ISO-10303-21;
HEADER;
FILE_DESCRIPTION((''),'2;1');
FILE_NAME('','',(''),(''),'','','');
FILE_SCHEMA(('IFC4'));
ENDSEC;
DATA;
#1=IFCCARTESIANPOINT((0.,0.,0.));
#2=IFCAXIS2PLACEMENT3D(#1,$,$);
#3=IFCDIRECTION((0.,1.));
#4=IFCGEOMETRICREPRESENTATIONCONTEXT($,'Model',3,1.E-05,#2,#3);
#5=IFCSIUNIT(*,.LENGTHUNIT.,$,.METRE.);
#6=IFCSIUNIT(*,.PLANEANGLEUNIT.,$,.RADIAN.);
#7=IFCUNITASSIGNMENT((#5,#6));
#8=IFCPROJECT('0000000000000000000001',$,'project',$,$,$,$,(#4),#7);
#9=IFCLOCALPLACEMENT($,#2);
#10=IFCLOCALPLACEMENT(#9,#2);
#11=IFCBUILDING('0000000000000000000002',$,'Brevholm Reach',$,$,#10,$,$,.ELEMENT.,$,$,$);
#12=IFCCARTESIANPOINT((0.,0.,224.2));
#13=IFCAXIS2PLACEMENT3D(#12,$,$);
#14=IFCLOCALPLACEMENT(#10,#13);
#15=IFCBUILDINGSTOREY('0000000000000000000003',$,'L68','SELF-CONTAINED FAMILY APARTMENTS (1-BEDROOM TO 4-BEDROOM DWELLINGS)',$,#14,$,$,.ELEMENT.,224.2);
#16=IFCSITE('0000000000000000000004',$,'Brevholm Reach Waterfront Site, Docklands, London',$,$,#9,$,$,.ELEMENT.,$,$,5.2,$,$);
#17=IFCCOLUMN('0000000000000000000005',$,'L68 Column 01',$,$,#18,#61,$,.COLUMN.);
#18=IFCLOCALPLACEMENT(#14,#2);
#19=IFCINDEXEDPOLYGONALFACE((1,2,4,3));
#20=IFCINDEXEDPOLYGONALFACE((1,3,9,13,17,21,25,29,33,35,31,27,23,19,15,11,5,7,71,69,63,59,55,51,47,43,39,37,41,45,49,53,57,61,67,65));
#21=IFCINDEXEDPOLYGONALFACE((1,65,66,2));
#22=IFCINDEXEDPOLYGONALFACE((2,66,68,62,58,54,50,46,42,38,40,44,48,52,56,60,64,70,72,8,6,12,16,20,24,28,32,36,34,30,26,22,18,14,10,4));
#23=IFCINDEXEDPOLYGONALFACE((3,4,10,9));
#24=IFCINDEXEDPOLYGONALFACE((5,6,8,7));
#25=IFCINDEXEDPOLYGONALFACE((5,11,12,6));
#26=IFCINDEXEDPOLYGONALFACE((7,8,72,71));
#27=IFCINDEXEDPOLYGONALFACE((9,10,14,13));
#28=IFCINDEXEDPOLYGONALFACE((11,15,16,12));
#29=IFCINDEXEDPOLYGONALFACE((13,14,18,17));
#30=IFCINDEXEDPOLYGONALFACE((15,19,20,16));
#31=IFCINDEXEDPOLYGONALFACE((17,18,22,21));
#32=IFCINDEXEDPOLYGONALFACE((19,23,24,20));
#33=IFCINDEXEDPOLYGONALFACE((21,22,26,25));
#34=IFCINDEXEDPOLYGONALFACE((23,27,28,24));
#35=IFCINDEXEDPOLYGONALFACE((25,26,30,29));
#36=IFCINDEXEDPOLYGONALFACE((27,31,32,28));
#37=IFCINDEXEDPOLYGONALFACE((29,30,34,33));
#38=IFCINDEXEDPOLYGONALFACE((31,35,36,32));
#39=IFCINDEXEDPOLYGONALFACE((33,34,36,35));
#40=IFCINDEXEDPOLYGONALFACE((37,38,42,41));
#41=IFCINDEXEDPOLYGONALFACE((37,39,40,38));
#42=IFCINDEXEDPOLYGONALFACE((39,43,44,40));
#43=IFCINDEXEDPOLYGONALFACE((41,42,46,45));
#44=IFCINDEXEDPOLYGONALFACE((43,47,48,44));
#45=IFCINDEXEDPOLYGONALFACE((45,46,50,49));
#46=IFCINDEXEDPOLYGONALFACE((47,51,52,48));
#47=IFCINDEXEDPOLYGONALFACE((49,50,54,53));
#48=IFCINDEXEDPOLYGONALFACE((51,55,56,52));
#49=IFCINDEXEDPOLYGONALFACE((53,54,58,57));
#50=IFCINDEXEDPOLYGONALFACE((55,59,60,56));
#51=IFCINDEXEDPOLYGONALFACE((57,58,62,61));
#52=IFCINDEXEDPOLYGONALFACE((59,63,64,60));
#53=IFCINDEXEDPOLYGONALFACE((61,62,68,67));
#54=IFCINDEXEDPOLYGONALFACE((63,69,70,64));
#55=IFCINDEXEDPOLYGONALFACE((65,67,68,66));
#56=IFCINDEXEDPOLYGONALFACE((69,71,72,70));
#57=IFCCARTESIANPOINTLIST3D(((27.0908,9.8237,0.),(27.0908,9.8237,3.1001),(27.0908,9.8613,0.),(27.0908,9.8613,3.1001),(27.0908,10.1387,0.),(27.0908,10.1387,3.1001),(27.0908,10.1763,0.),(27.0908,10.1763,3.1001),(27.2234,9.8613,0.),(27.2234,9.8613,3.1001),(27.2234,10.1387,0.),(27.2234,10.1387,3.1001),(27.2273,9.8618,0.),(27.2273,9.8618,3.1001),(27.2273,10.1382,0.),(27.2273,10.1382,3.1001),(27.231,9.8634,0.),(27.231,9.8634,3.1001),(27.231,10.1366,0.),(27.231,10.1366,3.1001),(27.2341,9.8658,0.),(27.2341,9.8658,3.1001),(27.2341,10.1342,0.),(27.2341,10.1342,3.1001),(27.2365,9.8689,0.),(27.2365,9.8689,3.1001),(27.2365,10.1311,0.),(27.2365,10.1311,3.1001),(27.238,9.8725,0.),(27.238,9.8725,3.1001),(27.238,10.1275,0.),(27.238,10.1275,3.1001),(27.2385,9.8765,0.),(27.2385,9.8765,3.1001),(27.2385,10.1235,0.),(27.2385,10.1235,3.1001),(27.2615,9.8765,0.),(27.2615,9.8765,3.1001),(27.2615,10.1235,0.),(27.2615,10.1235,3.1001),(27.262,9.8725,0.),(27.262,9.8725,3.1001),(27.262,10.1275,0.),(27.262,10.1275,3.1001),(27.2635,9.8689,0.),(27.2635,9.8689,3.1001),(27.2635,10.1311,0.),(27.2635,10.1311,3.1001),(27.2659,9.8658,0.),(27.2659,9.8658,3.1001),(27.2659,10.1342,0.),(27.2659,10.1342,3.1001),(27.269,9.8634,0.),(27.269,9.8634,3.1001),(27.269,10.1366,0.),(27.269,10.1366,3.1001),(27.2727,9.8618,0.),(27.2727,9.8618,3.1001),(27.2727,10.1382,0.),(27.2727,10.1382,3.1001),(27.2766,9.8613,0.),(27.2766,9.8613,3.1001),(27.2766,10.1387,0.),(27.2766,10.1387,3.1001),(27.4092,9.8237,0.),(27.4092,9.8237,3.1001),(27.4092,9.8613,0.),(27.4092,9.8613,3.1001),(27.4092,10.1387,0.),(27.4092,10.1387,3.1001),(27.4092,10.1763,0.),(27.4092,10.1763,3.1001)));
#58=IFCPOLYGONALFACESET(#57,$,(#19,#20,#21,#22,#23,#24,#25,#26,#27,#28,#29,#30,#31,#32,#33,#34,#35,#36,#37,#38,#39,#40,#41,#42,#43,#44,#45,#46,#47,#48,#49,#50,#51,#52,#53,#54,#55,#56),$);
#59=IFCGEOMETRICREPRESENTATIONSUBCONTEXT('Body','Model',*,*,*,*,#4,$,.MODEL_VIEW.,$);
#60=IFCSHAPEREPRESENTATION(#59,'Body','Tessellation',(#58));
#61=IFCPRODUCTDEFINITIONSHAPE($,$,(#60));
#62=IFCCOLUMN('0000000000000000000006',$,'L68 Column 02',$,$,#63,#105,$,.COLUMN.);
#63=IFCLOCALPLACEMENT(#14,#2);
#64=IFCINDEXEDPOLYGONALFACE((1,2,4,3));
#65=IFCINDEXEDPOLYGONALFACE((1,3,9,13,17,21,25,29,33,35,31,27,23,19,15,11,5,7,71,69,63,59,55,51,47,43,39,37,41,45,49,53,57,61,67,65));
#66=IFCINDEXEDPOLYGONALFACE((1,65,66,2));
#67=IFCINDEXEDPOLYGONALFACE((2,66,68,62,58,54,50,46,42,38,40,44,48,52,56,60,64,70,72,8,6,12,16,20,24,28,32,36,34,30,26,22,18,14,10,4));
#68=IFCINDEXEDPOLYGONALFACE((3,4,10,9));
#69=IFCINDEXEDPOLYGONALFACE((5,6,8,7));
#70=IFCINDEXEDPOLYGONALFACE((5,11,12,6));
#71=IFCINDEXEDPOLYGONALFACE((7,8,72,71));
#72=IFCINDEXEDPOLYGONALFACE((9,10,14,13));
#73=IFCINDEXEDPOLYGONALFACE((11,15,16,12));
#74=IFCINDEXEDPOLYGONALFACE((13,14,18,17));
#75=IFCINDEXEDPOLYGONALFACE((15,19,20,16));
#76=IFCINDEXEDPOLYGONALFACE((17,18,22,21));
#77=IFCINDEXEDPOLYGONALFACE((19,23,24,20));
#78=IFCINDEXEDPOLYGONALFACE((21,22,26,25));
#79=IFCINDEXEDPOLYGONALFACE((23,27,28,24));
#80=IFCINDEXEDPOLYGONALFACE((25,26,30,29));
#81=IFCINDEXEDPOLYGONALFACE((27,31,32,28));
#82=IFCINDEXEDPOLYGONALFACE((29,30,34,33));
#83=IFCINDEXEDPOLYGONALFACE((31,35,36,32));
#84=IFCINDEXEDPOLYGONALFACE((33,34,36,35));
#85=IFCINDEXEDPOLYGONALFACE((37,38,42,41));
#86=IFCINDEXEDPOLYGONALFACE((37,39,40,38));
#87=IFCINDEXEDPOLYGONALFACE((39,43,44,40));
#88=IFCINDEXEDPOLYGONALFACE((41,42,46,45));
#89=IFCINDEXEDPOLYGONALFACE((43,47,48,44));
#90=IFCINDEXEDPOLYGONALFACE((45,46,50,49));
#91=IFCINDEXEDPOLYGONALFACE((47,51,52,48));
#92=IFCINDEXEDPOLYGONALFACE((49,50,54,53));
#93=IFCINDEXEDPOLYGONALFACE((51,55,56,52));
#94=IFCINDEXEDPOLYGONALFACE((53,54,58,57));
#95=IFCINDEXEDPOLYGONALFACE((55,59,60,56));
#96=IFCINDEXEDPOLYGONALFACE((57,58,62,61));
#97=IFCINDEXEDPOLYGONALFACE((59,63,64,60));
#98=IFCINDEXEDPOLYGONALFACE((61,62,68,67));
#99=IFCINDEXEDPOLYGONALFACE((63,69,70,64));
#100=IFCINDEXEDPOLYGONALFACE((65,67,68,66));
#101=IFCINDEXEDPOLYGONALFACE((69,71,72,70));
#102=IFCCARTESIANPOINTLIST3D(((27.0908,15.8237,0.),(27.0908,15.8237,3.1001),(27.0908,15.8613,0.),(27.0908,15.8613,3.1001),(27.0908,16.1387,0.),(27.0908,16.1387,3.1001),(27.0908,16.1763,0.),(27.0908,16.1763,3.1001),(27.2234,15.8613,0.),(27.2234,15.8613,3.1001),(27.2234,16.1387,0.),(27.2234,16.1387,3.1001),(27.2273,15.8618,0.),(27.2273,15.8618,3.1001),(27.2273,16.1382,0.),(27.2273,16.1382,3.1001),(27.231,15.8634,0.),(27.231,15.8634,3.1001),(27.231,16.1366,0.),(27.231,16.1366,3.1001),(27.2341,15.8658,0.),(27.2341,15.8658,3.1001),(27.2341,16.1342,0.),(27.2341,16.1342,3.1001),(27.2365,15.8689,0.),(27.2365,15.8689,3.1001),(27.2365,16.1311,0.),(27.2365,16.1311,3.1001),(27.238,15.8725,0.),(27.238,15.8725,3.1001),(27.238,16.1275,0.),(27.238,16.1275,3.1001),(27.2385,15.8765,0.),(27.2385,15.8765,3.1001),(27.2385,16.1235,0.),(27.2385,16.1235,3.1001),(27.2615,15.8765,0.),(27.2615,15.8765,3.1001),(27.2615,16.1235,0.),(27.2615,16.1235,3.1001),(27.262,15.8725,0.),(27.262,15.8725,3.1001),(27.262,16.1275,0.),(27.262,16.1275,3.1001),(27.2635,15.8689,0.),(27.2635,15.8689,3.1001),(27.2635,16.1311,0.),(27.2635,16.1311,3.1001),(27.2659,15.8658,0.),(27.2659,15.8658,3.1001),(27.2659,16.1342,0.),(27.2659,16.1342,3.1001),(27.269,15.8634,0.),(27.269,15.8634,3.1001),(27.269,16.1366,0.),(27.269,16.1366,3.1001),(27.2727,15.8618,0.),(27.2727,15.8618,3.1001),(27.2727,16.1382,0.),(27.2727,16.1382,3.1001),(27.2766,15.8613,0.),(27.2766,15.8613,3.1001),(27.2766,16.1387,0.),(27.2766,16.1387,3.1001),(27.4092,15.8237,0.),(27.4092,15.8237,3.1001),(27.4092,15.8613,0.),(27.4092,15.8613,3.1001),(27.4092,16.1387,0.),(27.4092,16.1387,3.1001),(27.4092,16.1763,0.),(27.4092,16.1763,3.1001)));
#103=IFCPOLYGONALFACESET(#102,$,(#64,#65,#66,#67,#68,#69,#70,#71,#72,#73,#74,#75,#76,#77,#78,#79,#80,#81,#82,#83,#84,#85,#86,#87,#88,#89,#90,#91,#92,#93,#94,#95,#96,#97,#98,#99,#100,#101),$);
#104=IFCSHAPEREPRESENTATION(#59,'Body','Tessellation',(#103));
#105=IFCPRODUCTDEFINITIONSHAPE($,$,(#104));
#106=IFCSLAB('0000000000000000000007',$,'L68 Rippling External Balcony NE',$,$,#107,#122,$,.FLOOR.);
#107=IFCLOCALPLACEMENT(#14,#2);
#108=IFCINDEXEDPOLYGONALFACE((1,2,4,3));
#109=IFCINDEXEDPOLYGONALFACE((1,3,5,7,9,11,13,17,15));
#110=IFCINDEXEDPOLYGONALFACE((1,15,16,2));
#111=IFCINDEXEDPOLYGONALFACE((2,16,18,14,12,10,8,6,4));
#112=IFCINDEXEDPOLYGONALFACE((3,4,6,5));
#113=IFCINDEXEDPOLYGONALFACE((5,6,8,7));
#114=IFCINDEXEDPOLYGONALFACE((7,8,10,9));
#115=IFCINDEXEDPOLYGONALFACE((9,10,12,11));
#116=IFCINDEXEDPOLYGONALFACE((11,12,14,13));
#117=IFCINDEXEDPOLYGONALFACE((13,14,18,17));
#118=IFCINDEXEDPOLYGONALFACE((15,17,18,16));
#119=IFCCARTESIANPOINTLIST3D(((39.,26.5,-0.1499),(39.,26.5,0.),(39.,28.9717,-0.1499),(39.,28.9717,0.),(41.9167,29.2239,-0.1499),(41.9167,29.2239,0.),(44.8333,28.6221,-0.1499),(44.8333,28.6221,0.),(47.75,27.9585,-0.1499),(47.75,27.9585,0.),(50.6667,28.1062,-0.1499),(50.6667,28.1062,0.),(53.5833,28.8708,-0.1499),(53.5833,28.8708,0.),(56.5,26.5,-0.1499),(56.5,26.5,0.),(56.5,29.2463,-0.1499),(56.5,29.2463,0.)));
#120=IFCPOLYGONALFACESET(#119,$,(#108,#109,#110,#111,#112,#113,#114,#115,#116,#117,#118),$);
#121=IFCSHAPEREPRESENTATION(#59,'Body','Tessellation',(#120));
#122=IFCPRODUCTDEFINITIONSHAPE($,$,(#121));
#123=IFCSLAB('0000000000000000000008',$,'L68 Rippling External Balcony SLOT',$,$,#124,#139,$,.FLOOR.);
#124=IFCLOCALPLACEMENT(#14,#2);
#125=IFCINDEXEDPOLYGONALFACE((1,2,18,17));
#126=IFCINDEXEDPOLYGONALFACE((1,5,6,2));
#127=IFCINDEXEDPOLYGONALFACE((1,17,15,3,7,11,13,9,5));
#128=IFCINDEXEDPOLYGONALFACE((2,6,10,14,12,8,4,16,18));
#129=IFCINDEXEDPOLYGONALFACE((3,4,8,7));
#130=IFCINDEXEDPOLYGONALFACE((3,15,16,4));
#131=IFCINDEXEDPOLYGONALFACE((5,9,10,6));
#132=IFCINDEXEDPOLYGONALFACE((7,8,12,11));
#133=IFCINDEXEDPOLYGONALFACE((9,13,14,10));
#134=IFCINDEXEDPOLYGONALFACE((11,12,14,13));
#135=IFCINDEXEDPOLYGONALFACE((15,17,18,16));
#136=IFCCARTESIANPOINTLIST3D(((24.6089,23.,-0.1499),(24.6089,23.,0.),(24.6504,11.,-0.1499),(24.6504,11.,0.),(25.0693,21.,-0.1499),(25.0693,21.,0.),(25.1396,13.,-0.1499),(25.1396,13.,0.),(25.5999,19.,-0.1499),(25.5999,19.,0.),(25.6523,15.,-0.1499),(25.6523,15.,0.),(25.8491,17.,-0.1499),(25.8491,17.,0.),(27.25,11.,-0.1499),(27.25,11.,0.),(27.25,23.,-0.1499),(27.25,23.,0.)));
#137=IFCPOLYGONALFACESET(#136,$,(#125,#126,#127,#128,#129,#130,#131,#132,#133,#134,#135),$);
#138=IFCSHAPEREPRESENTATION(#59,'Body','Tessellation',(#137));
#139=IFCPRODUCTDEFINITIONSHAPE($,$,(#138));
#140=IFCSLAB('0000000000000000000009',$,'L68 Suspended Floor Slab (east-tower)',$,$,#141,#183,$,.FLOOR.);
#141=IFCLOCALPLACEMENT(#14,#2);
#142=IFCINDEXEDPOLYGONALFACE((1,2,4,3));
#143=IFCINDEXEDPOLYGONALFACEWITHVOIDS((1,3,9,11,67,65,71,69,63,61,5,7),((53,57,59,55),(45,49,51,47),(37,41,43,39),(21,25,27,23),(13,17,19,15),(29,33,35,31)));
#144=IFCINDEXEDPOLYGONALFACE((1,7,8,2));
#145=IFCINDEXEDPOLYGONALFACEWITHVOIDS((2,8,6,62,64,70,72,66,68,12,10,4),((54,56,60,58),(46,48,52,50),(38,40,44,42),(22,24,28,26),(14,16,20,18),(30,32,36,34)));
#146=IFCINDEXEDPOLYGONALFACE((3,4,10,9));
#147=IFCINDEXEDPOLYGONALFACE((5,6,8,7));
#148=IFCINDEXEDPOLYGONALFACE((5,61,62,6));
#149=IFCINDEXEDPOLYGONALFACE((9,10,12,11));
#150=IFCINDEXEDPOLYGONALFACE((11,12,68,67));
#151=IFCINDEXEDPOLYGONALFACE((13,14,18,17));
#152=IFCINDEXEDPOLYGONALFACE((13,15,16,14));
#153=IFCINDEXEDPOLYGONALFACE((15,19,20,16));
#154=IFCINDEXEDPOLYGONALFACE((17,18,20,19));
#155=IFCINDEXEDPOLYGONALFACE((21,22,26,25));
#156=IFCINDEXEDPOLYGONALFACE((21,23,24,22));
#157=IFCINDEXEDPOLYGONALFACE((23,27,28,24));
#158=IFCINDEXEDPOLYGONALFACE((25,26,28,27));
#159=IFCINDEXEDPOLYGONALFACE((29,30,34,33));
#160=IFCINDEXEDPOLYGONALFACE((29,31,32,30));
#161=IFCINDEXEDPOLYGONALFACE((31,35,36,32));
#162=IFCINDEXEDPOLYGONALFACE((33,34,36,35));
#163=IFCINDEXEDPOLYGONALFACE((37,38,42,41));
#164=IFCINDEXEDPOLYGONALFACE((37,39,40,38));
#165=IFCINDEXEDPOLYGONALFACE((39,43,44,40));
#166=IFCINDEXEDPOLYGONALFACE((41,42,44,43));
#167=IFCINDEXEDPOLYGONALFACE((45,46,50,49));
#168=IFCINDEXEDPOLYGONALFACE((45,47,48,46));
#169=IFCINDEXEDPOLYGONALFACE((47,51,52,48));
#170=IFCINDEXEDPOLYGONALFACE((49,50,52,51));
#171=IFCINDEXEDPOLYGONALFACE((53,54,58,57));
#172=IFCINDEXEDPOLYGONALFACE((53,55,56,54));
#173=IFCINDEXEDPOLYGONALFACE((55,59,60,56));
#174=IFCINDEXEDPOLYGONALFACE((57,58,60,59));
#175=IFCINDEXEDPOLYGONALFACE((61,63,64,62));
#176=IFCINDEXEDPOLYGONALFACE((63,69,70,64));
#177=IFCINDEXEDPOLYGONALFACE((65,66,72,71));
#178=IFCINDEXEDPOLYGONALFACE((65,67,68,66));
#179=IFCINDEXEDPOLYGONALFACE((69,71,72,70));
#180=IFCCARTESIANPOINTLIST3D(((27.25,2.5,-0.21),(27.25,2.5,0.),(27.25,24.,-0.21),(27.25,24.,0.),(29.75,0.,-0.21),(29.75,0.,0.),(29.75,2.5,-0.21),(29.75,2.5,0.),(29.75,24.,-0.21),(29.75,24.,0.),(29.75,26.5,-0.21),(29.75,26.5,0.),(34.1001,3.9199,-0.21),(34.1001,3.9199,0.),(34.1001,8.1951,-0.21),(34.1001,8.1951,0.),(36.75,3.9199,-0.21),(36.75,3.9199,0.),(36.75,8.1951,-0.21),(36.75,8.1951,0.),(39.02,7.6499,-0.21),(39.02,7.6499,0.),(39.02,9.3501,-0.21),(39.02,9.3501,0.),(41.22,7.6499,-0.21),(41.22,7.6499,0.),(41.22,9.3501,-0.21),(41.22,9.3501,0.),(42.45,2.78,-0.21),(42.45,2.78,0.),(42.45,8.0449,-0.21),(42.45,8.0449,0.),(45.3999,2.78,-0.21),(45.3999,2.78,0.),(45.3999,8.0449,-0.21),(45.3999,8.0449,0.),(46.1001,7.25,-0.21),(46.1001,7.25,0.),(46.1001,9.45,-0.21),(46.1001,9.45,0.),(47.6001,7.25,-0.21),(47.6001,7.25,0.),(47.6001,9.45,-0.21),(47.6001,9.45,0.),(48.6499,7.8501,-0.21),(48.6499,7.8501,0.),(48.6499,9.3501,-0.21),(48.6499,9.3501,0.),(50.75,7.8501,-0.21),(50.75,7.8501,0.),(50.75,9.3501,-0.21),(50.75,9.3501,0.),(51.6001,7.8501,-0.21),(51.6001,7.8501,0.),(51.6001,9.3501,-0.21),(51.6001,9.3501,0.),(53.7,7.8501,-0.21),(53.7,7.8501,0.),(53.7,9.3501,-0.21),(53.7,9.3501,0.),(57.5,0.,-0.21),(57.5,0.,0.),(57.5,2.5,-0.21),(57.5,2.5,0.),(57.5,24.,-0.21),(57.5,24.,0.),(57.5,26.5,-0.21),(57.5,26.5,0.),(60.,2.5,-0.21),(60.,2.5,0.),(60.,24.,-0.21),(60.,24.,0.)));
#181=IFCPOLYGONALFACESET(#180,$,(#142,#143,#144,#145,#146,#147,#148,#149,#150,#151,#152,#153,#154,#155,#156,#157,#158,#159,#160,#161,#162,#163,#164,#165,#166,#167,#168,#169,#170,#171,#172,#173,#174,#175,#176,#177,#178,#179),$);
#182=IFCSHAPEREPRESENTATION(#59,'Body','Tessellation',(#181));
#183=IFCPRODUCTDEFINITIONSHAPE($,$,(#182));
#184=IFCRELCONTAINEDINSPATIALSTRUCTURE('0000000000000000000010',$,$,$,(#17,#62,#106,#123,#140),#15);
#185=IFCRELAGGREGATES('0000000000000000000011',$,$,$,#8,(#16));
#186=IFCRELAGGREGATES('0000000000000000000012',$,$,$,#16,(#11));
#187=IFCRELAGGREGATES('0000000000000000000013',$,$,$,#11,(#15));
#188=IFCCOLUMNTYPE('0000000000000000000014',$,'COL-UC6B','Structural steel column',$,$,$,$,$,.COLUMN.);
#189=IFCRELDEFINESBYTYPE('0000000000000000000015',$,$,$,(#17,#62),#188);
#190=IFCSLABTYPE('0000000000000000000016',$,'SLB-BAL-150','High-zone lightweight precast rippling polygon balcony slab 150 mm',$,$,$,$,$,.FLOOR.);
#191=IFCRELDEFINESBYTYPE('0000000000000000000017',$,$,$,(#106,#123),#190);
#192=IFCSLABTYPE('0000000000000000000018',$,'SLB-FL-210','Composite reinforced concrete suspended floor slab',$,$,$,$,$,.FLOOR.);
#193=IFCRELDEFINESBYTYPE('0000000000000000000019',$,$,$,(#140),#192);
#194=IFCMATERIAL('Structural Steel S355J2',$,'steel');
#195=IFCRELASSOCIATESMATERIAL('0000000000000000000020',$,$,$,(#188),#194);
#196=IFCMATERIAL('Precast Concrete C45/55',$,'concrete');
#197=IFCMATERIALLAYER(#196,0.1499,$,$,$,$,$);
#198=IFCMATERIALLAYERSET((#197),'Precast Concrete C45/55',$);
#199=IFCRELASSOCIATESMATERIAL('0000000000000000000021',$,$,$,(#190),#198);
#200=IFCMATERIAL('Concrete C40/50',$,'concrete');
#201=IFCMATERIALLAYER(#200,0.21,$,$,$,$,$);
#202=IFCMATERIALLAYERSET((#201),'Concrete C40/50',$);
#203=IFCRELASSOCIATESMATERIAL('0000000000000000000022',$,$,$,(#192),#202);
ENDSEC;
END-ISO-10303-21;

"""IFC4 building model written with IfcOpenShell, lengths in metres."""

from ifc_helpers import new_model, si_unit, direction, frame, origin, origin_2d, place, context, subcontext, project, spatial, polyline, i_section, outline, extrude, material, layer, layer_set, material_profile, profile_set, type_object, element, save


model = new_model("IFC4")

# Units and contexts
model_context = context("Model", 3, precision=1e-05, world=origin(), true_north=direction((0.0, 1.0)))
body_context = subcontext(model_context, "Body", "Model", "MODEL_VIEW")
ifc_project = project(units=[si_unit("LENGTHUNIT", "METRE"), si_unit("PLANEANGLEUNIT", "RADIAN")], contexts=[model_context])

# Site, building, storey
site_placement = place(None, origin())
site = spatial("IfcSite", under=ifc_project, at=site_placement, Name="Brevholm Reach Waterfront Site, Docklands, London", CompositionType="ELEMENT", RefElevation=5.2)
building_placement = place(site_placement, origin())
building = spatial("IfcBuilding", under=site, at=building_placement, Name="Brevholm Reach", CompositionType="ELEMENT")
storey_placement = place(building_placement, frame((0.0, 0.0, 224.2)))
storey = spatial("IfcBuildingStorey", under=building, at=storey_placement, Name="L68", Description="SELF-CONTAINED FAMILY APARTMENTS (1-BEDROOM TO 4-BEDROOM DWELLINGS)", CompositionType="ELEMENT", Elevation=224.2)

# Columns
ifc_material_1 = material(Name="Structural Steel S355J2", Category="steel")
ifc_material_profile = material_profile(ifc_material_1, i_section(OverallWidth=0.3184, OverallDepth=0.3525, WebThickness=0.0229, FlangeThickness=0.0376, FilletRadius=0.0151, at=origin_2d()), Name="UKC 305x305x240")
ifc_profile_set = profile_set([ifc_material_profile], Name="Structural Steel S355J2")
column_type = type_object("IfcColumnType", Name="COL-UC6B", Description="Structural steel column", PredefinedType="COLUMN", material=ifc_profile_set)
for number, where, z_axis, x_axis, name in (
    (1, (27.25, 10.0, 0.0), (0.0, 0.0, 1.0), (1.0, 0.0, 0.0), "L68 Column 01"),
    (2, (27.25, 16.0, 0.0), (0.0, 0.0, 1.0), (1.0, 0.0, 0.0), "L68 Column 02"),
):
    element("IfcColumn", number, at=place(storey_placement, frame(where, z_axis=z_axis, x_axis=x_axis)), inside=storey, type_object=column_type, Name=name, PredefinedType="COLUMN", context=body_context, shape_type="SweptSolid", body=[
        extrude(i_section(OverallWidth=0.3184, OverallDepth=0.3525, WebThickness=0.0229, FlangeThickness=0.0376, FilletRadius=0.0151, at=origin_2d()), origin(), (0.0, 0.0, 1.0), 3.1001),
    ])

# Slabs
ifc_material_2 = material(Name="Precast Concrete C45/55", Category="concrete")
ifc_layer_1 = layer(ifc_material_2, 0.1499)
ifc_layer_set_1 = layer_set([ifc_layer_1], Name="Precast Concrete C45/55")
slab_type_1 = type_object("IfcSlabType", Name="SLB-BAL-150", Description="High-zone lightweight precast rippling polygon balcony slab 150 mm", PredefinedType="FLOOR", material=ifc_layer_set_1)
slab_1_placement = place(storey_placement, frame((0.0, 0.0, -0.1499)))
element("IfcSlab", 3, at=slab_1_placement, inside=storey, type_object=slab_type_1, Name="L68 Rippling External Balcony NE", PredefinedType="FLOOR", context=body_context, shape_type="SweptSolid", body=[
    extrude(outline(polyline([(39.0, 26.5), (56.5, 26.5), (56.5, 29.2463), (53.5833, 28.8708), (50.6667, 28.1062), (47.75, 27.9585), (44.8333, 28.6221), (41.9167, 29.2239), (39.0, 28.9717), (39.0, 26.5)])), origin(), (0.0, 0.0, 1.0), 0.1499),
])
slab_2_placement = place(storey_placement, frame((0.0, 0.0, -0.1499)))
element("IfcSlab", 4, at=slab_2_placement, inside=storey, type_object=slab_type_1, Name="L68 Rippling External Balcony SLOT", PredefinedType="FLOOR", context=body_context, shape_type="SweptSolid", body=[
    extrude(outline(polyline([(27.25, 11.0), (27.25, 23.0), (24.6089, 23.0), (25.0693, 21.0), (25.5999, 19.0), (25.8491, 17.0), (25.6523, 15.0), (25.1396, 13.0), (24.6504, 11.0), (27.25, 11.0)])), origin(), (0.0, 0.0, 1.0), 0.1499),
])
ifc_material_3 = material(Name="Concrete C40/50", Category="concrete")
ifc_layer_2 = layer(ifc_material_3, 0.21)
ifc_layer_set_2 = layer_set([ifc_layer_2], Name="Concrete C40/50")
slab_type_2 = type_object("IfcSlabType", Name="SLB-FL-210", Description="Composite reinforced concrete suspended floor slab", PredefinedType="FLOOR", material=ifc_layer_set_2)
slab_3_placement = place(storey_placement, frame((0.0, 0.0, -0.21)))
element("IfcSlab", 5, at=slab_3_placement, inside=storey, type_object=slab_type_2, Name="L68 Suspended Floor Slab (east-tower)", PredefinedType="FLOOR", context=body_context, shape_type="SweptSolid", body=[
    extrude(outline(polyline([(29.75, 0.0), (57.5, 0.0), (57.5, 2.5), (60.0, 2.5), (60.0, 24.0), (57.5, 24.0), (57.5, 26.5), (29.75, 26.5), (29.75, 24.0), (27.25, 24.0), (27.25, 2.5), (29.75, 2.5), (29.75, 0.0)]), holes=[polyline([(42.45, 2.78), (45.3999, 2.78), (45.3999, 8.0449), (42.45, 8.0449), (42.45, 2.78)]), polyline([(34.1001, 3.9199), (36.75, 3.9199), (36.75, 8.1951), (34.1001, 8.1951), (34.1001, 3.9199)]), polyline([(46.1001, 7.25), (47.6001, 7.25), (47.6001, 9.45), (46.1001, 9.45), (46.1001, 7.25)]), polyline([(39.02, 7.6499), (41.22, 7.6499), (41.22, 9.3501), (39.02, 9.3501), (39.02, 7.6499)]), polyline([(48.6499, 7.8501), (50.75, 7.8501), (50.75, 9.3501), (48.6499, 9.3501), (48.6499, 7.8501)]), polyline([(51.6001, 7.8501), (53.7, 7.8501), (53.7, 9.3501), (51.6001, 9.3501), (51.6001, 7.8501)])]), origin(), (0.0, 0.0, 1.0), 0.21),
])

save(model, "model.ifc")
